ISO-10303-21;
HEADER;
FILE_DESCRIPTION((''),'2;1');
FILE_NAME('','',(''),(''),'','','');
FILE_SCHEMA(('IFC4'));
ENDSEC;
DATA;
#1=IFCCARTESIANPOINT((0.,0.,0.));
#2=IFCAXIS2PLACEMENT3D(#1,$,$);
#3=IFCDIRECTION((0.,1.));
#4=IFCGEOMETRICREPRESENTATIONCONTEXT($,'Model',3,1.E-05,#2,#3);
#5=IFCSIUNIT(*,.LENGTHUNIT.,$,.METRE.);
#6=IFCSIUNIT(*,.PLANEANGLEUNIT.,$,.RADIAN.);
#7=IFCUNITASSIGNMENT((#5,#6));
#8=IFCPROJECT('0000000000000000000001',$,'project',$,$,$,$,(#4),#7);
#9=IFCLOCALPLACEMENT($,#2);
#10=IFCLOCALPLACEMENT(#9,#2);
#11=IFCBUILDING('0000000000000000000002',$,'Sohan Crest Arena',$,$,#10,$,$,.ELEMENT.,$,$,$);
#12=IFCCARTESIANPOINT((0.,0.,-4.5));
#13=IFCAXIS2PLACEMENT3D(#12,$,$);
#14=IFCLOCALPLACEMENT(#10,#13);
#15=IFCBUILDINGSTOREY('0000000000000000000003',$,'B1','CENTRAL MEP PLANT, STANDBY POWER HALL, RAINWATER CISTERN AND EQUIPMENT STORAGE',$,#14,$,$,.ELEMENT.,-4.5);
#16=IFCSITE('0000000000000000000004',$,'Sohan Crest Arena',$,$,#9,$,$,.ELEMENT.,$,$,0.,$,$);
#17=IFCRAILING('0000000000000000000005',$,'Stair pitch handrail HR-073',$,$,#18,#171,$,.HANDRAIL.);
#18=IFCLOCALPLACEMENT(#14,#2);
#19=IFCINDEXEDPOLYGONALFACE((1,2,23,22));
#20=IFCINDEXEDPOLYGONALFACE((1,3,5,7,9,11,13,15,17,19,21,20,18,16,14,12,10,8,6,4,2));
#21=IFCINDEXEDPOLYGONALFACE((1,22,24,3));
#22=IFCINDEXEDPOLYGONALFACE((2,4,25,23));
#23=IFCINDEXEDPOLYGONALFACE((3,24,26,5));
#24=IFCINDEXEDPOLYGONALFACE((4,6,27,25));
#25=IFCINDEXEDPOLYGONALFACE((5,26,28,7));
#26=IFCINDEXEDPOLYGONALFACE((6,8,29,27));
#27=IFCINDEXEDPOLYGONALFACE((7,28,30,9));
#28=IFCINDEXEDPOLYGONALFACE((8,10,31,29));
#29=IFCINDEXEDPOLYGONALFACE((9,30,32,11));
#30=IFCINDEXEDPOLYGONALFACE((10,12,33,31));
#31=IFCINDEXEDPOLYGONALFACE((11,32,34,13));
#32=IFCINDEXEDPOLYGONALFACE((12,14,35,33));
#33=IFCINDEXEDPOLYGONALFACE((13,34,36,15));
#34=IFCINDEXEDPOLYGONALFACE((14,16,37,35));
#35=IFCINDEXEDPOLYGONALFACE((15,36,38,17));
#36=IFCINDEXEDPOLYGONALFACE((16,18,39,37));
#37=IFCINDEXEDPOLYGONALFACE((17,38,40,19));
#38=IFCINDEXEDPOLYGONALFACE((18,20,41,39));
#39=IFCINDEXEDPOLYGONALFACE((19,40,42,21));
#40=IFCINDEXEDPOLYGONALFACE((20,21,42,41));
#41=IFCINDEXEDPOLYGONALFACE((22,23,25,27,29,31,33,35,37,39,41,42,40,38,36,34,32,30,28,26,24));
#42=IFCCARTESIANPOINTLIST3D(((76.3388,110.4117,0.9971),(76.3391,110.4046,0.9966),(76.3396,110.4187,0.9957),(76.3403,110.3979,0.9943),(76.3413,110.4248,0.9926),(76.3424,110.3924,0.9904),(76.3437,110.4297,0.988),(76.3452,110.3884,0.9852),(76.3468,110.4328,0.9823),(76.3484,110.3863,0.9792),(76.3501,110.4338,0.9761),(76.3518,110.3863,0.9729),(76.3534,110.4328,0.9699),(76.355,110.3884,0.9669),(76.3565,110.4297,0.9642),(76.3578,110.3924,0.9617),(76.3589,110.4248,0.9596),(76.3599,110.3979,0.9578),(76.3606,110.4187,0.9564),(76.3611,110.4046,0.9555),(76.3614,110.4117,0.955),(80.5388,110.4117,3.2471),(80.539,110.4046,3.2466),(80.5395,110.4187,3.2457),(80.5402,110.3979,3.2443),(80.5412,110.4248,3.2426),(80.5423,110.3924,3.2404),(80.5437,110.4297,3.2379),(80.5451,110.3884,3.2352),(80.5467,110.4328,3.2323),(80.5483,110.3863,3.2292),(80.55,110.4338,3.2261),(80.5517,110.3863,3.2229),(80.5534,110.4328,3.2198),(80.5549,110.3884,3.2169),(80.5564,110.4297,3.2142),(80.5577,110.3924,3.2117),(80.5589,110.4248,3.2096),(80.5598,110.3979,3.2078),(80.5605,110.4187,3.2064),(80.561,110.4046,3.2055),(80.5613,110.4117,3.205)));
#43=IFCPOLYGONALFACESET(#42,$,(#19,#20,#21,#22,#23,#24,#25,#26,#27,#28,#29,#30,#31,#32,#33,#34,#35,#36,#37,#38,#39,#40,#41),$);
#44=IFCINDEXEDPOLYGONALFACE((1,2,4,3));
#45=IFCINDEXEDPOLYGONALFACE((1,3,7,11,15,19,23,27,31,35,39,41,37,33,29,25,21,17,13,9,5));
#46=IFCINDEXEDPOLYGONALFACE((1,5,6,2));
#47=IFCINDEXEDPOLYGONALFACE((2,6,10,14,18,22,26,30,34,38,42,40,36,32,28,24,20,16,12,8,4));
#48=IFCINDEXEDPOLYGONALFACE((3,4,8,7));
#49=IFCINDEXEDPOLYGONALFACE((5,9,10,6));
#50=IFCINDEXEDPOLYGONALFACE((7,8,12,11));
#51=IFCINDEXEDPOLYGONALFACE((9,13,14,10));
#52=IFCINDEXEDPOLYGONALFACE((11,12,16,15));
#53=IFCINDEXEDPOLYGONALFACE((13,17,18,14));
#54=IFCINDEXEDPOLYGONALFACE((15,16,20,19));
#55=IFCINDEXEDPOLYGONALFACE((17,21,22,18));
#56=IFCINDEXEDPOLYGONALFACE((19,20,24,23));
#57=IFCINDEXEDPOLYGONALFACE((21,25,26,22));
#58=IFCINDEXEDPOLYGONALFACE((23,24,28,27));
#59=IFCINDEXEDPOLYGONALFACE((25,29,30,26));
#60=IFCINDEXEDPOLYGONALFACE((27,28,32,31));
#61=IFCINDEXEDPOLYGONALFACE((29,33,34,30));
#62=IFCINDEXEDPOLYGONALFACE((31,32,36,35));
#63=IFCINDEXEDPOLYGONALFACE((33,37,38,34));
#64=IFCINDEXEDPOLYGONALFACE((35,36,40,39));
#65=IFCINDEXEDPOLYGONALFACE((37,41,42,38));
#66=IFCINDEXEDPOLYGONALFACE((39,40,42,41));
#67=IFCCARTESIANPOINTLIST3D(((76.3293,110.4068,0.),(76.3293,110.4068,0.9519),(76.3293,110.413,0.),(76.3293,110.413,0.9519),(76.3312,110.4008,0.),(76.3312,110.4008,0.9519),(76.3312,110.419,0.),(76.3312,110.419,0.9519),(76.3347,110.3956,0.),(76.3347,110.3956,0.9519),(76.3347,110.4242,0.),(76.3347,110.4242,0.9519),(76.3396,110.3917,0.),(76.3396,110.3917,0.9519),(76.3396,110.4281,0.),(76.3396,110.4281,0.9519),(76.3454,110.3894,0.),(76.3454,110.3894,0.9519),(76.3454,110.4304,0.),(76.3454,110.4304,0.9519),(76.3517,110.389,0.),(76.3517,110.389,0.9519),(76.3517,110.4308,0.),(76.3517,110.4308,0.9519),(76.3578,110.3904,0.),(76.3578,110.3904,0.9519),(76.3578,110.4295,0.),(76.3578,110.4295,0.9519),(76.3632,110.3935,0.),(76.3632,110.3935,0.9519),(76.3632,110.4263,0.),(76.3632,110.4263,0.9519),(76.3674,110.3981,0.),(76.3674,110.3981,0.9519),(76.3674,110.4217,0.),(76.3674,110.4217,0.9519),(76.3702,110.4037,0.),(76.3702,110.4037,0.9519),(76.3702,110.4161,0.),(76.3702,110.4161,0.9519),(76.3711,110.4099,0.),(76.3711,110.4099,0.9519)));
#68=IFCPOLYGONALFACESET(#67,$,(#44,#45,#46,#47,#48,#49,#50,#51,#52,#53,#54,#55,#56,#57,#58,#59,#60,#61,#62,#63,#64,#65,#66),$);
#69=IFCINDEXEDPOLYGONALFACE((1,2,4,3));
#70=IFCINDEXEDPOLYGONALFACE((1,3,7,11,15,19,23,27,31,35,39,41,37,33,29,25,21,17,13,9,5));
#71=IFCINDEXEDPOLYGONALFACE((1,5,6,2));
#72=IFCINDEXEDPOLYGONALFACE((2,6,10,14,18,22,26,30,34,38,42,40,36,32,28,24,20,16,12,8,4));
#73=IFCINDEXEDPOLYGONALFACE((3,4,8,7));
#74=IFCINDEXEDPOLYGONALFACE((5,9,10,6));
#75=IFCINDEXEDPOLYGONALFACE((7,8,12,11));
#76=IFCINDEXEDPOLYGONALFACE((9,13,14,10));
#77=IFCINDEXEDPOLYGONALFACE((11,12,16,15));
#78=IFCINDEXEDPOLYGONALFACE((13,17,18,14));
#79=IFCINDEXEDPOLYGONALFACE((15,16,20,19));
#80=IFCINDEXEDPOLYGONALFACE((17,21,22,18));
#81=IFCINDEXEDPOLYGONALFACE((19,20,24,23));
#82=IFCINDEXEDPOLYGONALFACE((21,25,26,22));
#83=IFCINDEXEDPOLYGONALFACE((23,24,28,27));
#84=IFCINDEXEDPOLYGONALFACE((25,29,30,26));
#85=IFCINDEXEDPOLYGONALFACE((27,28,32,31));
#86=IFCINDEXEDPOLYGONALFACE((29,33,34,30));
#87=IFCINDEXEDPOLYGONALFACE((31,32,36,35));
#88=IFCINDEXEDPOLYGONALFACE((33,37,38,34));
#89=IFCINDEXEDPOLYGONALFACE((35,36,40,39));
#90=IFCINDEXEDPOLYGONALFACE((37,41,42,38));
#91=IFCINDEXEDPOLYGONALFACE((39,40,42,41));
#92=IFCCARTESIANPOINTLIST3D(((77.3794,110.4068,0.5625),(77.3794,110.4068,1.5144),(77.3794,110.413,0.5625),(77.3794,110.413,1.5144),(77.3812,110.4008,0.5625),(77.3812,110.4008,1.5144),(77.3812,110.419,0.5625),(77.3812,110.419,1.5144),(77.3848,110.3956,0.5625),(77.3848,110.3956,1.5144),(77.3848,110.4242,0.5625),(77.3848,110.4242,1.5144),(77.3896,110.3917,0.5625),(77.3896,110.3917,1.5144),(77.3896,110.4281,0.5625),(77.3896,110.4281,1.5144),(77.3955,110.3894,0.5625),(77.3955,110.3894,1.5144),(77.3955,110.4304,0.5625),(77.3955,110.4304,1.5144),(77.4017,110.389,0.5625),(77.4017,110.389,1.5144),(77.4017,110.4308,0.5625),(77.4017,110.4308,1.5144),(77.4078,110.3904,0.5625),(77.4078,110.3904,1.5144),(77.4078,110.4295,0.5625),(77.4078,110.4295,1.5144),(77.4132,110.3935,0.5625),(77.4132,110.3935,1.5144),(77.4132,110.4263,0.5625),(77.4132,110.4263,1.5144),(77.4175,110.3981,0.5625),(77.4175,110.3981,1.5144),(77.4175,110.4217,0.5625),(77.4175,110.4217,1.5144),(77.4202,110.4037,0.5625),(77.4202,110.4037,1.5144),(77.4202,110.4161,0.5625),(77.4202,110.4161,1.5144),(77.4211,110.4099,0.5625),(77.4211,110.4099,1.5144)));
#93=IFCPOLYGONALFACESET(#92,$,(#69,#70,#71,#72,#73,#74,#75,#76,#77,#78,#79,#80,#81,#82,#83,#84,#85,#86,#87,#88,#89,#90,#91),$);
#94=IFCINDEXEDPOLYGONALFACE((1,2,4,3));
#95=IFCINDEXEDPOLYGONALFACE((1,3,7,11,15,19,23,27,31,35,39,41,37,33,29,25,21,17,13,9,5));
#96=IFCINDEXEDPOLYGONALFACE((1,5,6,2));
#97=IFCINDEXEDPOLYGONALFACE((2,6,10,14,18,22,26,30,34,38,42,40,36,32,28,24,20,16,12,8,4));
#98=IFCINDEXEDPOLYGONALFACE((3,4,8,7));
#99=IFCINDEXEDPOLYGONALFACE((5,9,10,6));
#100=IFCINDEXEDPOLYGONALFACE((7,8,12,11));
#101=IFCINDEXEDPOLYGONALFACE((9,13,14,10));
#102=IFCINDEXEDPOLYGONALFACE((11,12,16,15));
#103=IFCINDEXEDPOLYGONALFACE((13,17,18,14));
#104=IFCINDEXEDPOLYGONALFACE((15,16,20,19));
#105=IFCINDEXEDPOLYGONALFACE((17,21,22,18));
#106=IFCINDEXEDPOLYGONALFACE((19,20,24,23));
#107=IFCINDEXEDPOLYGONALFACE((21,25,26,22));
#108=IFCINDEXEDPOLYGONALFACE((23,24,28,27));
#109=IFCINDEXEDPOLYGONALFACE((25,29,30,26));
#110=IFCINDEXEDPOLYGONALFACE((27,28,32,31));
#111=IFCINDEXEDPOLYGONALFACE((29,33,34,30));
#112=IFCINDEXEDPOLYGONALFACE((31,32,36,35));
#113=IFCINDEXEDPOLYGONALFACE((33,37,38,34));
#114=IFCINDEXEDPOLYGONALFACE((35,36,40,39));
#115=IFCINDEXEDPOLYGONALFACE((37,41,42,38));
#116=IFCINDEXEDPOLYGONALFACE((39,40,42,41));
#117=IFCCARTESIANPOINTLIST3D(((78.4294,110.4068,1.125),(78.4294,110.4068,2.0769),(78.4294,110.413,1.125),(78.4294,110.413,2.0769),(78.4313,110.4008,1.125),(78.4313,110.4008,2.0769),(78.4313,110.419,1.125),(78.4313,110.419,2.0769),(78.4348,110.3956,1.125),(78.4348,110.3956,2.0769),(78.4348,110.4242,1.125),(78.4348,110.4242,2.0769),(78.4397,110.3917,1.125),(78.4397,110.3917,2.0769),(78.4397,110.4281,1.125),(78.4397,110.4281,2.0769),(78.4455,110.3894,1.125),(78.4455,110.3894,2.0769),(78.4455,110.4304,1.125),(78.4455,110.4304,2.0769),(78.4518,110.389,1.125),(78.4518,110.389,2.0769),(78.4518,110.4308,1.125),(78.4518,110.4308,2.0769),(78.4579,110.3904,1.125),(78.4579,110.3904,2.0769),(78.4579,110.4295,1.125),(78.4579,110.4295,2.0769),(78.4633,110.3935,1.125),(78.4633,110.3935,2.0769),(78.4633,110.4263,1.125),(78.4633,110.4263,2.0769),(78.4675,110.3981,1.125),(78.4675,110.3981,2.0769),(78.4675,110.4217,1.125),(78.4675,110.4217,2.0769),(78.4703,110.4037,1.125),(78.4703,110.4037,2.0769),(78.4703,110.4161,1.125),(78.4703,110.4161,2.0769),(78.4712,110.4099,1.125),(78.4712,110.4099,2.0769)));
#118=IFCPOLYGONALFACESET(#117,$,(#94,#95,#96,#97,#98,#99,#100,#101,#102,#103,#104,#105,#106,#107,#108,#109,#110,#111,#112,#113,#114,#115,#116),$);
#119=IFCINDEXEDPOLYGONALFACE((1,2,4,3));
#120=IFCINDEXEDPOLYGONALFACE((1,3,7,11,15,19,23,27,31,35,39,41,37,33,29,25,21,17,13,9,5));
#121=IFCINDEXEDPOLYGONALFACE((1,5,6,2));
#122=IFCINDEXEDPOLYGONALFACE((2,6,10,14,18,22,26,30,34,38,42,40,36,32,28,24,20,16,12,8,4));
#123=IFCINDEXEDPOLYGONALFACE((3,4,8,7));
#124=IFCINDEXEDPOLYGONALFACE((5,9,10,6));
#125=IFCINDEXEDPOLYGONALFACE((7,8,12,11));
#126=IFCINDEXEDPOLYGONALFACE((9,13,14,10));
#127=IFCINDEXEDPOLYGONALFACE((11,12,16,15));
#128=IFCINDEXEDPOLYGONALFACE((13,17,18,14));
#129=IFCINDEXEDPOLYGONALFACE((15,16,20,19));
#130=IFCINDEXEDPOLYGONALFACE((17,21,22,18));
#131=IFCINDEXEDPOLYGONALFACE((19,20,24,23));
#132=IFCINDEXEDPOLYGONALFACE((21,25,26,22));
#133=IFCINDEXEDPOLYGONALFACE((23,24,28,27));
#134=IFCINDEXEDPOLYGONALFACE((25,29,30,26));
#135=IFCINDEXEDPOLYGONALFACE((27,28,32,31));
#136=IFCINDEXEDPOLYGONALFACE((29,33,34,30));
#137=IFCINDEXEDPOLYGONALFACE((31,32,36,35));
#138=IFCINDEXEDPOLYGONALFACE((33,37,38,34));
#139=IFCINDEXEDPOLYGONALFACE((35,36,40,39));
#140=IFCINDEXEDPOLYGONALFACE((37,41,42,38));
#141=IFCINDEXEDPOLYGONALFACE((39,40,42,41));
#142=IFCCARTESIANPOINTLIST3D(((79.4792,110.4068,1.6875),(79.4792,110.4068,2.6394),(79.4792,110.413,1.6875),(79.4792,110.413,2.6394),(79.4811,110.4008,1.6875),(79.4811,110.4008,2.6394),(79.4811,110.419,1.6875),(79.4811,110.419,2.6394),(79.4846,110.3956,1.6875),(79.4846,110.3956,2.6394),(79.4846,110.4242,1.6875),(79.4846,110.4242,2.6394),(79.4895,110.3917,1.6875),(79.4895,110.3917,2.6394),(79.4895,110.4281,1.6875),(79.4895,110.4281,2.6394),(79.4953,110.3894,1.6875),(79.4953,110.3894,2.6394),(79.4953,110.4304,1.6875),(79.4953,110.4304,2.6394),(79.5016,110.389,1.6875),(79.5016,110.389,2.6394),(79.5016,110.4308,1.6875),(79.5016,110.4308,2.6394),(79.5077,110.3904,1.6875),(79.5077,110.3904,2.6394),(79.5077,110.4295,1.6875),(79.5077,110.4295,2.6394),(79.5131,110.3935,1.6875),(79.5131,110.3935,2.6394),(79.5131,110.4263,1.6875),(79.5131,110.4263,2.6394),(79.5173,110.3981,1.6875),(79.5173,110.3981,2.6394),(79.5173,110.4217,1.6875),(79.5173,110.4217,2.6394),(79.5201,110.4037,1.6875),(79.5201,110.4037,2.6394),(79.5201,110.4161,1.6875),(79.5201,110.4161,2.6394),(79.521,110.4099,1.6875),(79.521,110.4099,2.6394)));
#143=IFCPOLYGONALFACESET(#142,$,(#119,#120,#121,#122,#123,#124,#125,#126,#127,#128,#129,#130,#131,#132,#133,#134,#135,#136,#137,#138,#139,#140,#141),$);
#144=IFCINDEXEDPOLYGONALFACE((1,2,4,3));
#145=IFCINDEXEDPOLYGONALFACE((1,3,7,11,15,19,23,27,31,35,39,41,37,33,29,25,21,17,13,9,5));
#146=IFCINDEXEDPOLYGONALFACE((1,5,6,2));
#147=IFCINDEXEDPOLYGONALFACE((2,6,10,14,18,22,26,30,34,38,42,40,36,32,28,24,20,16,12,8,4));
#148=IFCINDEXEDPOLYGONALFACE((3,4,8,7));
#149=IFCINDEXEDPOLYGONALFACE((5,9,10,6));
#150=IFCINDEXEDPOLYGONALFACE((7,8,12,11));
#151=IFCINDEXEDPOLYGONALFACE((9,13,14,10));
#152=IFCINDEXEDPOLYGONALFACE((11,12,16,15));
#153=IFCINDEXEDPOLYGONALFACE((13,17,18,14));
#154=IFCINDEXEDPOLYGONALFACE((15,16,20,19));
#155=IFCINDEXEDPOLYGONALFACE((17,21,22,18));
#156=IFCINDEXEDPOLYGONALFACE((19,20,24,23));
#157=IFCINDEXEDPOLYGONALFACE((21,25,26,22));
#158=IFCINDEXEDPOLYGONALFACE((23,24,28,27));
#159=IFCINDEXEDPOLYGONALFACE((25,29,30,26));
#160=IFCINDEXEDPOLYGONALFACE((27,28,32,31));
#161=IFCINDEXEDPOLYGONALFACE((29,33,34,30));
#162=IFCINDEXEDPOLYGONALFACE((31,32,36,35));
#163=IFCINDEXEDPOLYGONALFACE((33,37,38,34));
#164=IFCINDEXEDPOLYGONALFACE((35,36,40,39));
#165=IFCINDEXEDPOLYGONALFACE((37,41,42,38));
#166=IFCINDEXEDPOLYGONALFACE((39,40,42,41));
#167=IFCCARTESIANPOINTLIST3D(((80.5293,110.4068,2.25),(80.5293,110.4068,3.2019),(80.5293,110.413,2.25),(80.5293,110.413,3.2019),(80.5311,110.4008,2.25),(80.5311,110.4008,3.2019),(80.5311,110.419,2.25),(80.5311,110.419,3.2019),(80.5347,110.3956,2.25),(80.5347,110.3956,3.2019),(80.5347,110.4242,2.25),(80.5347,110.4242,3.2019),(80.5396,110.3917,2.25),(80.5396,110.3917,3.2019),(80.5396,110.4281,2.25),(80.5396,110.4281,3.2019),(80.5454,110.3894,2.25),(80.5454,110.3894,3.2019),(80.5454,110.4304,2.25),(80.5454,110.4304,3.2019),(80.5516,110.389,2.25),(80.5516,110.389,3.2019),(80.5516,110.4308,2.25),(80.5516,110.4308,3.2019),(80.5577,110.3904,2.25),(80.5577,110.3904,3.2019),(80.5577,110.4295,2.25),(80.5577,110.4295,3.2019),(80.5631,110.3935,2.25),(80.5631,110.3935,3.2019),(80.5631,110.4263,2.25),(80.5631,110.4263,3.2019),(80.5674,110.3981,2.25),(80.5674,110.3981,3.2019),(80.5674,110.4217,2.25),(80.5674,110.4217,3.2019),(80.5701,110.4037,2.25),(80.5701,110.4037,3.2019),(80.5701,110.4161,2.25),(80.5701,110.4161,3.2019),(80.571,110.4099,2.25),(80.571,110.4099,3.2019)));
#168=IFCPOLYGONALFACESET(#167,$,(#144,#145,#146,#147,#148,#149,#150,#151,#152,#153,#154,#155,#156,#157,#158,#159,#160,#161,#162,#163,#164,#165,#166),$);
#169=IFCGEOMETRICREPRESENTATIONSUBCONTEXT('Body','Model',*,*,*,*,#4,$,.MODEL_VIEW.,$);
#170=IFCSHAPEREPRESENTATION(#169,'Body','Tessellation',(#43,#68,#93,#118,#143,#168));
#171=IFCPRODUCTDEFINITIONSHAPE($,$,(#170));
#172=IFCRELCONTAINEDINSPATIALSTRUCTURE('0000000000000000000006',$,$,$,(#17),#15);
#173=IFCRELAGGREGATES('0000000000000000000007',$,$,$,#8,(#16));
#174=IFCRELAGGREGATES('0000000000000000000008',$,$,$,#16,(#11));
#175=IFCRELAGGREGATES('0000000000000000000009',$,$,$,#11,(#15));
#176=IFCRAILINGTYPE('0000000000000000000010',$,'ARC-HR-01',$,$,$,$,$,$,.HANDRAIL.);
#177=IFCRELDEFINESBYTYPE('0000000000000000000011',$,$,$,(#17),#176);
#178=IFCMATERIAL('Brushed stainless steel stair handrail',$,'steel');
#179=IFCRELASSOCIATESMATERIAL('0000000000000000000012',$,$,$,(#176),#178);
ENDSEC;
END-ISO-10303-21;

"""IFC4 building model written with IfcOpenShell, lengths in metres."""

from ifc_helpers import new_model, si_unit, direction, frame, origin, origin_2d, place, context, subcontext, project, spatial, circle, extrude, material, type_object, element, save


model = new_model("IFC4")

# Units and contexts
model_context = context("Model", 3, precision=1e-05, world=origin(), true_north=direction((0.0, 1.0)))
body_context = subcontext(model_context, "Body", "Model", "MODEL_VIEW")
ifc_project = project(units=[si_unit("LENGTHUNIT", "METRE"), si_unit("PLANEANGLEUNIT", "RADIAN")], contexts=[model_context])

# Site, building, storey
site_placement = place(None, origin())
site = spatial("IfcSite", under=ifc_project, at=site_placement, Name="Sohan Crest Arena", CompositionType="ELEMENT", RefElevation=0.0)
building_placement = place(site_placement, origin())
building = spatial("IfcBuilding", under=site, at=building_placement, Name="Sohan Crest Arena", CompositionType="ELEMENT")
storey_placement = place(building_placement, frame((0.0, 0.0, -4.5)))
storey = spatial("IfcBuildingStorey", under=building, at=storey_placement, Name="B1", Description="CENTRAL MEP PLANT, STANDBY POWER HALL, RAINWATER CISTERN AND EQUIPMENT STORAGE", CompositionType="ELEMENT", Elevation=-4.5)

# Railing
ifc_material_1 = material(Name="Brushed stainless steel stair handrail", Category="steel")
railing_type_1 = type_object("IfcRailingType", Name="ARC-HR-01", PredefinedType="HANDRAIL", material=ifc_material_1)
for number, where, name in (
    (1, (76.3501, 110.4099, 0.0), "Stair pitch handrail HR-073"),
):
    element("IfcRailing", number, at=place(storey_placement, frame(where)), inside=storey, type_object=railing_type_1, Name=name, PredefinedType="HANDRAIL", context=body_context, shape_type="SweptSolid", body=[
        extrude(circle(Radius=0.0239, at=origin_2d()), frame((0.0, 0.0, 0.9761), z_axis=(0.881478, 0.0, 0.472226), x_axis=(0.0, 1.0, 0.0)), (0.0, 0.0, 1.0), 4.7646),
        extrude(circle(Radius=0.021, at=origin_2d()), origin(), (0.0, 0.0, 1.0), 0.9519),
        extrude(circle(Radius=0.021, at=origin_2d()), frame((1.05, 0.0, 0.5625)), (0.0, 0.0, 1.0), 0.9519),
        extrude(circle(Radius=0.021, at=origin_2d()), frame((2.1001, 0.0, 1.125)), (0.0, 0.0, 1.0), 0.9519),
        extrude(circle(Radius=0.021, at=origin_2d()), frame((3.1499, 0.0, 1.6875)), (0.0, 0.0, 1.0), 0.9519),
        extrude(circle(Radius=0.021, at=origin_2d()), frame((4.2, 0.0, 2.25)), (0.0, 0.0, 1.0), 0.9519),
    ])

save(model, "model.ifc")
